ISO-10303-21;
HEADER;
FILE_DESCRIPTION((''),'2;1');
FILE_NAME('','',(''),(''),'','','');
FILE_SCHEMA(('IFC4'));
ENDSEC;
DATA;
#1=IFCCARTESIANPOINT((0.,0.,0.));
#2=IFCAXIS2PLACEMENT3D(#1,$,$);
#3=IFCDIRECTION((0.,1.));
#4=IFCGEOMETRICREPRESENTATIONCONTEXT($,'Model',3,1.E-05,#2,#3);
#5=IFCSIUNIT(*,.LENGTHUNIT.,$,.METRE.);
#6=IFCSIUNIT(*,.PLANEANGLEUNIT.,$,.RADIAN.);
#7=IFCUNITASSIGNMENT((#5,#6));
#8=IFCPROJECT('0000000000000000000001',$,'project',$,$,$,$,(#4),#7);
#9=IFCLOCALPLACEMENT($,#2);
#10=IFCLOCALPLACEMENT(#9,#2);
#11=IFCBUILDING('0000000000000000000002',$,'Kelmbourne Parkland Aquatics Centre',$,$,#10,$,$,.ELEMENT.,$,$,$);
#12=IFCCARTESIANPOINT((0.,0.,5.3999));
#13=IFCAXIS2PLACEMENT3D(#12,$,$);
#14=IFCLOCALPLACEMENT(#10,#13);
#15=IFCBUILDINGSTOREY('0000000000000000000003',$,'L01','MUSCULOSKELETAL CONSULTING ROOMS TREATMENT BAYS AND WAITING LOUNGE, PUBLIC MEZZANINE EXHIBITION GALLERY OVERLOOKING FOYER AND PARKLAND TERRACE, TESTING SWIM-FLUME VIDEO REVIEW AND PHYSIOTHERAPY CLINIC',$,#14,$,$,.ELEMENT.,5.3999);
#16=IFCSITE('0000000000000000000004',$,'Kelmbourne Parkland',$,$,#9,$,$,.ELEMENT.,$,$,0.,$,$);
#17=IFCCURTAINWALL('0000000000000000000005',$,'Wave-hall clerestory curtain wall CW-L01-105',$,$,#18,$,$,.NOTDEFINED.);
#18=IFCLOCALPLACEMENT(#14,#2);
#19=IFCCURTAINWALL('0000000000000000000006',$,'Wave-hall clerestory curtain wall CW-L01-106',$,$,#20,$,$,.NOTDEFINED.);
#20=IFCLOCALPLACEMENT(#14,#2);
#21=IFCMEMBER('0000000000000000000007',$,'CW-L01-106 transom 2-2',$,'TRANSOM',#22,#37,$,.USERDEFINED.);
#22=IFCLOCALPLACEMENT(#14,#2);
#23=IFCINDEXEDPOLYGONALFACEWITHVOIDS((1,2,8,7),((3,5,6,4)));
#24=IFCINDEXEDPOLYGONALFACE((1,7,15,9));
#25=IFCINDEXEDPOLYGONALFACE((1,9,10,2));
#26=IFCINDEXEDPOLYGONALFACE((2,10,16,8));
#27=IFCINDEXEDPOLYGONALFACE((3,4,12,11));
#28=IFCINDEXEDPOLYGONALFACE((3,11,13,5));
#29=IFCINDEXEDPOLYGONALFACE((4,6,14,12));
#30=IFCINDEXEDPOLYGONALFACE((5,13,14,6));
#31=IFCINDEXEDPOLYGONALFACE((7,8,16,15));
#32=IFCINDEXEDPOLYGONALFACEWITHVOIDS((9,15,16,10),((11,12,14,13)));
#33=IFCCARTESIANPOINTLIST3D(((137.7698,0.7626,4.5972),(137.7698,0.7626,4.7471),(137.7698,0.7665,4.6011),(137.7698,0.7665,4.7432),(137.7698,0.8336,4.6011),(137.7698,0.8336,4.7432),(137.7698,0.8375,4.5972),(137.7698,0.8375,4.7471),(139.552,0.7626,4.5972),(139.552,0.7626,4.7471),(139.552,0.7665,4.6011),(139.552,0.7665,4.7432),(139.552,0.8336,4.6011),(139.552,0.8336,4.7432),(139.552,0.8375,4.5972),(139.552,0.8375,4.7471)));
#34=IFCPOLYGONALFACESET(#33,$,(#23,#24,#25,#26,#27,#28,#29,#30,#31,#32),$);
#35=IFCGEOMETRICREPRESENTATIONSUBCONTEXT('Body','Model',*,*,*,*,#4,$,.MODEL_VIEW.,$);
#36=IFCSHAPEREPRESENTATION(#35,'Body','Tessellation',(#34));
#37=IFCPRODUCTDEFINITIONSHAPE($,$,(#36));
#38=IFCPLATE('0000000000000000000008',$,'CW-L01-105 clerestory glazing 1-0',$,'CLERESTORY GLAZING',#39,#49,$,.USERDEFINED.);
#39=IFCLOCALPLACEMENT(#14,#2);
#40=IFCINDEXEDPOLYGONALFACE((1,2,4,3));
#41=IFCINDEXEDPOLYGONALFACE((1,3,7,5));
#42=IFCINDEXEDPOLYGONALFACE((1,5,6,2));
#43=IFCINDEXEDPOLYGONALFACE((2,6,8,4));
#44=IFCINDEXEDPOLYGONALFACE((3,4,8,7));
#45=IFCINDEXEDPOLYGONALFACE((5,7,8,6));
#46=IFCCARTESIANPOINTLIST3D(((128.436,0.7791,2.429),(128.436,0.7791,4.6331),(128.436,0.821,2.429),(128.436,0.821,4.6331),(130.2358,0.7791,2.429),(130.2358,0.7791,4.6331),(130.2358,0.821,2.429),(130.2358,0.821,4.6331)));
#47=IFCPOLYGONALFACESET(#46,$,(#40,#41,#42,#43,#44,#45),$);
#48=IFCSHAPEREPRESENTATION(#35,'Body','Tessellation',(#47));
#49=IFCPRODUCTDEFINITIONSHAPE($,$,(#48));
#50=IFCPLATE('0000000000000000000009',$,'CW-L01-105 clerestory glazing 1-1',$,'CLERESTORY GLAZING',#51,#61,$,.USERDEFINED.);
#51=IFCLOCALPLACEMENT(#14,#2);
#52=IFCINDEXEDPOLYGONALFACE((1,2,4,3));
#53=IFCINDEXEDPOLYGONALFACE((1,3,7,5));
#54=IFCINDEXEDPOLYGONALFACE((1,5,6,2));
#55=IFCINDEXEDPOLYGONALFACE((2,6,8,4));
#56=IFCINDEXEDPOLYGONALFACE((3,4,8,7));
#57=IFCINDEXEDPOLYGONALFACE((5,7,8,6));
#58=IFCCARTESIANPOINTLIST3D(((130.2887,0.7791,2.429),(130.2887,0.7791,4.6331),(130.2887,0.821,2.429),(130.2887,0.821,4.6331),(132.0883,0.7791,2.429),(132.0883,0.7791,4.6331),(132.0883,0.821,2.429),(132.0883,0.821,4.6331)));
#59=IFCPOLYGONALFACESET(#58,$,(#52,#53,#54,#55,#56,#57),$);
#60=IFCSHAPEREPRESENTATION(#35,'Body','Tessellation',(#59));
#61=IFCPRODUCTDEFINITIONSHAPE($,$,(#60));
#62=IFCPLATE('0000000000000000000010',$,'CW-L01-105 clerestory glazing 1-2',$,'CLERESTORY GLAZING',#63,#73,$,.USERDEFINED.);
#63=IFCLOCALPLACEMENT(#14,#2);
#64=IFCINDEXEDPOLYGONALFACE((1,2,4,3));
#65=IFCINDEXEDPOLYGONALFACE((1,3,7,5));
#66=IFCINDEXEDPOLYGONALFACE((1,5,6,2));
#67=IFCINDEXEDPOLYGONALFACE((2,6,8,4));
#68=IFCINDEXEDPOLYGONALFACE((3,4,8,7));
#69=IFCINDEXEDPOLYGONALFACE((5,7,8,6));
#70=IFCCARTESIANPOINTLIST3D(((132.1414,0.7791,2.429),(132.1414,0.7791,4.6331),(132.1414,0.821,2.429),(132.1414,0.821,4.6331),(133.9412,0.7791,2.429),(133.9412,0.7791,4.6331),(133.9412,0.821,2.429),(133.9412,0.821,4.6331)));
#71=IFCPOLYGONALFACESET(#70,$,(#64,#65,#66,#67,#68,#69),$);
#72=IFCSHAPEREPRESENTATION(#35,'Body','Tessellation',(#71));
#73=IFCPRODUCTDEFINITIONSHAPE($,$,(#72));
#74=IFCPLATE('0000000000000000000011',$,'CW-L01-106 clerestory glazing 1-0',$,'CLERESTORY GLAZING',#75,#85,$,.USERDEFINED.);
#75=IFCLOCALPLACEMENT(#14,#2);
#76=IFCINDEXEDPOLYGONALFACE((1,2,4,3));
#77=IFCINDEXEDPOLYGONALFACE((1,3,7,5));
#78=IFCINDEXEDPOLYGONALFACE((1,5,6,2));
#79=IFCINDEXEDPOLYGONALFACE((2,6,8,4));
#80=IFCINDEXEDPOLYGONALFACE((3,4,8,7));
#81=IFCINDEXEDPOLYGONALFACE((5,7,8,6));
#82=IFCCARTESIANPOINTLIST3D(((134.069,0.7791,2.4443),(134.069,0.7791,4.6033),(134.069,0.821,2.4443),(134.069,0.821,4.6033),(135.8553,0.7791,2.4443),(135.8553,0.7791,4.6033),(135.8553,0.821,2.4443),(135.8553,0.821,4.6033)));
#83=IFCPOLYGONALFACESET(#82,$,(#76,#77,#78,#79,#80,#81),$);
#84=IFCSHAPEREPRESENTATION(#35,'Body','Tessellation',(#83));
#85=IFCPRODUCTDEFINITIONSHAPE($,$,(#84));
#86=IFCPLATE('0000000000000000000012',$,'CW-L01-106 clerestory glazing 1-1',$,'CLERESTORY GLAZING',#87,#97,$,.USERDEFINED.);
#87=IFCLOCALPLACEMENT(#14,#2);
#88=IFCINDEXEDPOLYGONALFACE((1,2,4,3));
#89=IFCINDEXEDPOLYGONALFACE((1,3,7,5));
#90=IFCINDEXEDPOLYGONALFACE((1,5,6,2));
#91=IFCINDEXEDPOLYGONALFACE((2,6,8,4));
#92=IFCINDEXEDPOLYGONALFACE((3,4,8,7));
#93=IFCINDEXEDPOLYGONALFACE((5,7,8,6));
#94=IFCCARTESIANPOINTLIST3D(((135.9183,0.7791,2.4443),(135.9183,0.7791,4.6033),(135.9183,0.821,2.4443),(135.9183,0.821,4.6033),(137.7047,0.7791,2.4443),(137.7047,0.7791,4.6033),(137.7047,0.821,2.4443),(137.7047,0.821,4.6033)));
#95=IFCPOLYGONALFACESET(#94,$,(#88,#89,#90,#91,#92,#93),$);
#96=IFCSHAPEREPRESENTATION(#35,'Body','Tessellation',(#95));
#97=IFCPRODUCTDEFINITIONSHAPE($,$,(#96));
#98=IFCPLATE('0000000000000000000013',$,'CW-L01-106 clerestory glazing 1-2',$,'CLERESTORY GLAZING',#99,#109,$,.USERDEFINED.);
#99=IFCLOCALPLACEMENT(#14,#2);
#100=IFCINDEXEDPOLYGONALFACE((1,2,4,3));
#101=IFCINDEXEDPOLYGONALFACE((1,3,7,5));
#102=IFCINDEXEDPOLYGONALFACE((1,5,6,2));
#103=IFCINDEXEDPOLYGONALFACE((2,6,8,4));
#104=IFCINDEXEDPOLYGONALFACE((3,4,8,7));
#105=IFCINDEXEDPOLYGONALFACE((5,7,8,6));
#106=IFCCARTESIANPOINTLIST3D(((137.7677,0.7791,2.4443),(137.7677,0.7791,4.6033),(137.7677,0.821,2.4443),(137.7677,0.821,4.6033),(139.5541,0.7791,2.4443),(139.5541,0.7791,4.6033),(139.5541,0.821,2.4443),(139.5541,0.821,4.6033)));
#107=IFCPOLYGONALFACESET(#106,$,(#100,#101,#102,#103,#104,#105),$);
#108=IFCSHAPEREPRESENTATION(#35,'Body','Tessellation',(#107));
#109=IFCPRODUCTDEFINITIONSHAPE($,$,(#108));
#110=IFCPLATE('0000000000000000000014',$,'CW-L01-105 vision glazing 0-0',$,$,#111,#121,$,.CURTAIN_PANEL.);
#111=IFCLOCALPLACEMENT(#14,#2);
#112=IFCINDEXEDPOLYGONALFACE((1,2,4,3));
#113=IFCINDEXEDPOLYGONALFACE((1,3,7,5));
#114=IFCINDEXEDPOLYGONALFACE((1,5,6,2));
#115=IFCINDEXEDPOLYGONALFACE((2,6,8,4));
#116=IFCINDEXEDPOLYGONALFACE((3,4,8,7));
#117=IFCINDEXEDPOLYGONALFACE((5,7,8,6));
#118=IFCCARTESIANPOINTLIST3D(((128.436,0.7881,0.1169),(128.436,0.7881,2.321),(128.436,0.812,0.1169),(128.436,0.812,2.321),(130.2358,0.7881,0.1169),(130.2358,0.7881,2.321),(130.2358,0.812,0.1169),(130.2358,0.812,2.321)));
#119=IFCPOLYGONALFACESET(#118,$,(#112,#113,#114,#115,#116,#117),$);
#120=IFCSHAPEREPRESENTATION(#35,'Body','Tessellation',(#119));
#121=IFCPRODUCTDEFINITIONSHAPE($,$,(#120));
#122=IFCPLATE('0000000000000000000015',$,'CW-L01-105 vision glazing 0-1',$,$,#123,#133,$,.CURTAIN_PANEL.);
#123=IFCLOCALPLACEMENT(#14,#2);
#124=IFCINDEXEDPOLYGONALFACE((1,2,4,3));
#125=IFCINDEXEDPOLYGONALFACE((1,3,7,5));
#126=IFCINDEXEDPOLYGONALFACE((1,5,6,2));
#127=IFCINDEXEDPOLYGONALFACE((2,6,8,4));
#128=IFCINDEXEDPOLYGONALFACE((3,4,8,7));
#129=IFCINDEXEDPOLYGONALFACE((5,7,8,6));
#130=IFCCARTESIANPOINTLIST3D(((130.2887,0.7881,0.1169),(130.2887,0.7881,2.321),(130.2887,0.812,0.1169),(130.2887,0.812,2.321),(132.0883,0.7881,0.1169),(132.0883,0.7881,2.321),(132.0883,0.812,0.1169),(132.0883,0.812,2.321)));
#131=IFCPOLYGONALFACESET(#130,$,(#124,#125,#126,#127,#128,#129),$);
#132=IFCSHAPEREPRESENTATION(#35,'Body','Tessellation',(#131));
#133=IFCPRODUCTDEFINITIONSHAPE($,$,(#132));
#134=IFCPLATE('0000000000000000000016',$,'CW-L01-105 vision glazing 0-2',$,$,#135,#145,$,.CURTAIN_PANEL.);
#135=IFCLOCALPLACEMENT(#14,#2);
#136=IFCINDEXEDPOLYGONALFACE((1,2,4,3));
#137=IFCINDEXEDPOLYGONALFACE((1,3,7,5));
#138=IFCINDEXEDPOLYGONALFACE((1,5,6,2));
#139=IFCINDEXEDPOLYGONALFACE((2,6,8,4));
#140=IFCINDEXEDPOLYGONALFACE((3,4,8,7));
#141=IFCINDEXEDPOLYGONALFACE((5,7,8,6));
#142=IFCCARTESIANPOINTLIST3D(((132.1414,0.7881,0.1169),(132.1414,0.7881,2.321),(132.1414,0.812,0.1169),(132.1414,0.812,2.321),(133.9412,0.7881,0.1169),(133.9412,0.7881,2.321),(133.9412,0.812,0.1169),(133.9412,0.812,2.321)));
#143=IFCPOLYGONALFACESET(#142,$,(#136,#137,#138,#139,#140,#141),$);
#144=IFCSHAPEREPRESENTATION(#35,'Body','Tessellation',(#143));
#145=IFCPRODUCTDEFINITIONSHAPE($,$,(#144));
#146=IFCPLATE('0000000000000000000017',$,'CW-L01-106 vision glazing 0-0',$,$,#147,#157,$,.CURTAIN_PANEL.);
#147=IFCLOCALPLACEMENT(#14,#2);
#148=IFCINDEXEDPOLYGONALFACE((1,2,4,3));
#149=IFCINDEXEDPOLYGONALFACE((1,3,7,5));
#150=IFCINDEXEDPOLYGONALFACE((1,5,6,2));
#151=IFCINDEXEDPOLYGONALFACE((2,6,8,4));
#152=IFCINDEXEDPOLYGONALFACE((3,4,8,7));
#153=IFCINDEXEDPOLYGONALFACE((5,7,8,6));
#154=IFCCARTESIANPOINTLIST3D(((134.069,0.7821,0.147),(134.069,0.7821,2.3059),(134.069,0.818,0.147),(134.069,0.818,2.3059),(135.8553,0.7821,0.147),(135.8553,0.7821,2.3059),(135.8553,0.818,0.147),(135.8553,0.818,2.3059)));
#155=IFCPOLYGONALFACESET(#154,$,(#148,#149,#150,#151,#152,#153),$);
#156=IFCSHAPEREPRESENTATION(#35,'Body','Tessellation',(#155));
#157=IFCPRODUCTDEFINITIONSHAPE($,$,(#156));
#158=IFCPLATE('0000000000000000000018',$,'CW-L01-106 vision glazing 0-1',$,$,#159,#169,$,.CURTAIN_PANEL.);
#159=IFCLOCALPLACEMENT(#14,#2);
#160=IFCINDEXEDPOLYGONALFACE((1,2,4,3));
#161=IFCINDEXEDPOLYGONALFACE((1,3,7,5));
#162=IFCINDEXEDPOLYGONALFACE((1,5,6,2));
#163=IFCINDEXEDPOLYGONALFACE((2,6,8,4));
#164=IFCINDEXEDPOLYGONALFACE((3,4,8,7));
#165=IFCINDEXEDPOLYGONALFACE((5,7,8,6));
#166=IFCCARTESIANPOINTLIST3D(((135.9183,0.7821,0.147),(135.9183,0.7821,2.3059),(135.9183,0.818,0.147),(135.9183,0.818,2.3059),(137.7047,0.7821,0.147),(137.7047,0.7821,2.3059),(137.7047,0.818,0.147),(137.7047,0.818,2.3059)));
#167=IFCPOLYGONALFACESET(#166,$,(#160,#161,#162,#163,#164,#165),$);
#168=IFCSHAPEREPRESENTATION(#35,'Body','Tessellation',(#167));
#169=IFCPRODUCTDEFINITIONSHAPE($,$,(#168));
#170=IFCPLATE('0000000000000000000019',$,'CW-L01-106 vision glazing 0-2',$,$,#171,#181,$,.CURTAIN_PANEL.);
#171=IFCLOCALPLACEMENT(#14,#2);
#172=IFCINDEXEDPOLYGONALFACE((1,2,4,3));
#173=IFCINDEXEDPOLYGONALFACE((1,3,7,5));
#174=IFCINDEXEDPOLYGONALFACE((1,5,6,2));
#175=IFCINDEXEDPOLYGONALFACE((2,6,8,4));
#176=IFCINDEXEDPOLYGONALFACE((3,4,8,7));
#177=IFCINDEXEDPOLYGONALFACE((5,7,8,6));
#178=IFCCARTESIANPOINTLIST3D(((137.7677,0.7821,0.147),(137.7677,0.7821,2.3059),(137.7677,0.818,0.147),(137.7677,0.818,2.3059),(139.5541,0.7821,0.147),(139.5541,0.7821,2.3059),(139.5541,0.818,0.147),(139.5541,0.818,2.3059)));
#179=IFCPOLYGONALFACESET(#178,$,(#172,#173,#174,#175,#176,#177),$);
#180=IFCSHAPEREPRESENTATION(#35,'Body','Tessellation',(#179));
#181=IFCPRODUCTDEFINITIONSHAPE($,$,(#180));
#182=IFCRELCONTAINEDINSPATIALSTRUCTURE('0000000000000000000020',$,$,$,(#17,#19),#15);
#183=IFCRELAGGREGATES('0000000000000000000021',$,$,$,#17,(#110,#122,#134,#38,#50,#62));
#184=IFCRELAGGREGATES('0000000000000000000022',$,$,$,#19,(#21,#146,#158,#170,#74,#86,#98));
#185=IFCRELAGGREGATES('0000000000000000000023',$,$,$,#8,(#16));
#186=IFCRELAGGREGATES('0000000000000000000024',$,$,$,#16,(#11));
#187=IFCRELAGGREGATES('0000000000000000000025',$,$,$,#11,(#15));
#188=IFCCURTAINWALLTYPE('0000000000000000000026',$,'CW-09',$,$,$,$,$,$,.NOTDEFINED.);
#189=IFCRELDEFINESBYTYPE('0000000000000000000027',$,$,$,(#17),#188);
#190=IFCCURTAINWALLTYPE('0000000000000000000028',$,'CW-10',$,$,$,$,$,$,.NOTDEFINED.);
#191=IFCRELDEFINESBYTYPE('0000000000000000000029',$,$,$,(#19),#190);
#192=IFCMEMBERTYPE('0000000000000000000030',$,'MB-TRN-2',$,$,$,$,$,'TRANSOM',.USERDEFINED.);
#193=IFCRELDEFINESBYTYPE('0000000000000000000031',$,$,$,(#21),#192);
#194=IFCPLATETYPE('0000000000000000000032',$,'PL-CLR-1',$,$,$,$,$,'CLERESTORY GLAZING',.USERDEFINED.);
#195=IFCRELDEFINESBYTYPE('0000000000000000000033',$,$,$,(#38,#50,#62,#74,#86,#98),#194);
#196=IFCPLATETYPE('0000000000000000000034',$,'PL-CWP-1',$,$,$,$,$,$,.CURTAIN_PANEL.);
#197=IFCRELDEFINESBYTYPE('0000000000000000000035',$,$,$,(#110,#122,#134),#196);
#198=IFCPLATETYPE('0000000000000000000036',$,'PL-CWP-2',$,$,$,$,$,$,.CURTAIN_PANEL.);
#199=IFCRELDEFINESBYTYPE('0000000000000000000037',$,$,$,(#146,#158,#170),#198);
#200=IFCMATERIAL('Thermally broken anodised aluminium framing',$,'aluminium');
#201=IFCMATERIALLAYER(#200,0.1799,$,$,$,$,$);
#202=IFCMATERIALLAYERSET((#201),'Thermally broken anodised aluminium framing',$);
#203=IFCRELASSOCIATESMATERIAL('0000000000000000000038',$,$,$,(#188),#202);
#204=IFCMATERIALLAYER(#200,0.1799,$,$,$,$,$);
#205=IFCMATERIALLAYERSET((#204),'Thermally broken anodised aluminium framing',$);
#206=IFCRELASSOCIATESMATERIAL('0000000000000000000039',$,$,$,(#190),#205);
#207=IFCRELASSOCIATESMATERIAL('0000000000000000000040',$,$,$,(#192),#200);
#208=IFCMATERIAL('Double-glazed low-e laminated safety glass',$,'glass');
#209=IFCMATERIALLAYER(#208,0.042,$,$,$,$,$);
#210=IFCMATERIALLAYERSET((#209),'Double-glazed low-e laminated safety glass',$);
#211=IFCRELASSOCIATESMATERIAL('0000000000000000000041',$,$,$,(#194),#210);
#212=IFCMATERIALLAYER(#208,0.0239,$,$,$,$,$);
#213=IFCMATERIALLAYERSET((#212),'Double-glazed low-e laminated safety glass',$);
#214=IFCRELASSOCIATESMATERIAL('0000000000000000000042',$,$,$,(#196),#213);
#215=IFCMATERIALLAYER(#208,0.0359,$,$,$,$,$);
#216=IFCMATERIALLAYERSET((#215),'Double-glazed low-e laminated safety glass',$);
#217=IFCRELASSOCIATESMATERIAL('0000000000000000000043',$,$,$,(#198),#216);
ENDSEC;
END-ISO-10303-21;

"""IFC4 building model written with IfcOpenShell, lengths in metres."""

from ifc_helpers import new_model, si_unit, direction, frame, origin, origin_2d, place, context, subcontext, project, spatial, rectangle, hollow_rectangle, extrude, material, layer, layer_set, material_profile, profile_set, type_object, element, aggregate, save


model = new_model("IFC4")

# Units and contexts
model_context = context("Model", 3, precision=1e-05, world=origin(), true_north=direction((0.0, 1.0)))
body_context = subcontext(model_context, "Body", "Model", "MODEL_VIEW")
ifc_project = project(units=[si_unit("LENGTHUNIT", "METRE"), si_unit("PLANEANGLEUNIT", "RADIAN")], contexts=[model_context])

# Site, building, storey
site_placement = place(None, origin())
site = spatial("IfcSite", under=ifc_project, at=site_placement, Name="Kelmbourne Parkland", CompositionType="ELEMENT", RefElevation=0.0)
building_placement = place(site_placement, origin())
building = spatial("IfcBuilding", under=site, at=building_placement, Name="Kelmbourne Parkland Aquatics Centre", CompositionType="ELEMENT")
storey_placement = place(building_placement, frame((0.0, 0.0, 5.3999)))
storey = spatial("IfcBuildingStorey", under=building, at=storey_placement, Name="L01", Description="MUSCULOSKELETAL CONSULTING ROOMS TREATMENT BAYS AND WAITING LOUNGE, PUBLIC MEZZANINE EXHIBITION GALLERY OVERLOOKING FOYER AND PARKLAND TERRACE, TESTING SWIM-FLUME VIDEO REVIEW AND PHYSIOTHERAPY CLINIC", CompositionType="ELEMENT", Elevation=5.3999)

# Curtain walls
ifc_material_1 = material(Name="Thermally broken anodised aluminium framing", Category="aluminium")
ifc_layer_1 = layer(ifc_material_1, 0.1799)
ifc_layer_set_1 = layer_set([ifc_layer_1], Name="Thermally broken anodised aluminium framing")
curtain_wall_type_1 = type_object("IfcCurtainWallType", Name="CW-09", PredefinedType="NOTDEFINED", material=ifc_layer_set_1)
curtain_wall_1_placement = place(storey_placement, origin())
curtain_wall_1 = element("IfcCurtainWall", 1, at=curtain_wall_1_placement, inside=storey, type_object=curtain_wall_type_1, Name="Wave-hall clerestory curtain wall CW-L01-105", PredefinedType="NOTDEFINED")
ifc_layer_2 = layer(ifc_material_1, 0.1799)
ifc_layer_set_2 = layer_set([ifc_layer_2], Name="Thermally broken anodised aluminium framing")
curtain_wall_type_2 = type_object("IfcCurtainWallType", Name="CW-10", PredefinedType="NOTDEFINED", material=ifc_layer_set_2)
curtain_wall_2_placement = place(storey_placement, origin())
curtain_wall_2 = element("IfcCurtainWall", 2, at=curtain_wall_2_placement, inside=storey, type_object=curtain_wall_type_2, Name="Wave-hall clerestory curtain wall CW-L01-106", PredefinedType="NOTDEFINED")

# Member
ifc_material_profile_1 = material_profile(ifc_material_1, hollow_rectangle(XDim=0.075, YDim=0.1499, WallThickness=0.0039, at=origin_2d()), Name="CW-T 75x150")
ifc_profile_set_1 = profile_set([ifc_material_profile_1], Name="Thermally broken anodised aluminium framing")
member_type_1 = type_object("IfcMemberType", Name="MB-TRN-2", ElementType="TRANSOM", PredefinedType="USERDEFINED", material=ifc_profile_set_1)
member_1_placement = place(storey_placement, frame((137.7698, 0.8, 4.6721), z_axis=(1.0, 0.0, 0.0), x_axis=(0.0, 1.0, 0.0)))
member_1 = element("IfcMember", 3, at=member_1_placement, type_object=member_type_1, Name="CW-L01-106 transom 2-2", ObjectType="TRANSOM", PredefinedType="USERDEFINED", context=body_context, shape_type="SweptSolid", body=[
    extrude(hollow_rectangle(XDim=0.075, YDim=0.1499, WallThickness=0.0039, at=origin_2d()), origin(), (0.0, 0.0, 1.0), 1.7822),
])

# Plates
ifc_material_2 = material(Name="Double-glazed low-e laminated safety glass", Category="glass")
ifc_layer_3 = layer(ifc_material_2, 0.042)
ifc_layer_set_3 = layer_set([ifc_layer_3], Name="Double-glazed low-e laminated safety glass")
plate_type_1 = type_object("IfcPlateType", Name="PL-CLR-1", ElementType="CLERESTORY GLAZING", PredefinedType="USERDEFINED", material=ifc_layer_set_3)
plate_1_placement = place(storey_placement, frame((129.3359, 0.8, 2.429), z_axis=(0.0, 0.0, 1.0), x_axis=(1.0, 0.0, 0.0)))
plate_1 = element("IfcPlate", 4, at=plate_1_placement, type_object=plate_type_1, Name="CW-L01-105 clerestory glazing 1-0", ObjectType="CLERESTORY GLAZING", PredefinedType="USERDEFINED", context=body_context, shape_type="SweptSolid", body=[
    extrude(rectangle(XDim=1.7998, YDim=0.042, at=origin_2d()), origin(), (0.0, 0.0, 1.0), 2.2041),
])
plate_2_placement = place(storey_placement, frame((131.1885, 0.8, 2.429), z_axis=(0.0, 0.0, 1.0), x_axis=(1.0, 0.0, 0.0)))
plate_2 = element("IfcPlate", 5, at=plate_2_placement, type_object=plate_type_1, Name="CW-L01-105 clerestory glazing 1-1", ObjectType="CLERESTORY GLAZING", PredefinedType="USERDEFINED", context=body_context, shape_type="SweptSolid", body=[
    extrude(rectangle(XDim=1.7996, YDim=0.042, at=origin_2d()), origin(), (0.0, 0.0, 1.0), 2.2041),
])
plate_3_placement = place(storey_placement, frame((133.0413, 0.8, 2.429), z_axis=(0.0, 0.0, 1.0), x_axis=(1.0, 0.0, 0.0)))
plate_3 = element("IfcPlate", 6, at=plate_3_placement, type_object=plate_type_1, Name="CW-L01-105 clerestory glazing 1-2", ObjectType="CLERESTORY GLAZING", PredefinedType="USERDEFINED", context=body_context, shape_type="SweptSolid", body=[
    extrude(rectangle(XDim=1.7998, YDim=0.042, at=origin_2d()), origin(), (0.0, 0.0, 1.0), 2.2041),
])
plate_4_placement = place(storey_placement, frame((134.9622, 0.8, 2.4443), z_axis=(0.0, 0.0, 1.0), x_axis=(1.0, 0.0, 0.0)))
plate_4 = element("IfcPlate", 7, at=plate_4_placement, type_object=plate_type_1, Name="CW-L01-106 clerestory glazing 1-0", ObjectType="CLERESTORY GLAZING", PredefinedType="USERDEFINED", context=body_context, shape_type="SweptSolid", body=[
    extrude(rectangle(XDim=1.7864, YDim=0.042, at=origin_2d()), origin(), (0.0, 0.0, 1.0), 2.1589),
])
plate_5_placement = place(storey_placement, frame((136.8115, 0.8, 2.4443), z_axis=(0.0, 0.0, 1.0), x_axis=(1.0, 0.0, 0.0)))
plate_5 = element("IfcPlate", 8, at=plate_5_placement, type_object=plate_type_1, Name="CW-L01-106 clerestory glazing 1-1", ObjectType="CLERESTORY GLAZING", PredefinedType="USERDEFINED", context=body_context, shape_type="SweptSolid", body=[
    extrude(rectangle(XDim=1.7864, YDim=0.042, at=origin_2d()), origin(), (0.0, 0.0, 1.0), 2.1589),
])
plate_6_placement = place(storey_placement, frame((138.6609, 0.8, 2.4443), z_axis=(0.0, 0.0, 1.0), x_axis=(1.0, 0.0, 0.0)))
plate_6 = element("IfcPlate", 9, at=plate_6_placement, type_object=plate_type_1, Name="CW-L01-106 clerestory glazing 1-2", ObjectType="CLERESTORY GLAZING", PredefinedType="USERDEFINED", context=body_context, shape_type="SweptSolid", body=[
    extrude(rectangle(XDim=1.7864, YDim=0.042, at=origin_2d()), origin(), (0.0, 0.0, 1.0), 2.1589),
])
ifc_layer_4 = layer(ifc_material_2, 0.0239)
ifc_layer_set_4 = layer_set([ifc_layer_4], Name="Double-glazed low-e laminated safety glass")
plate_type_2 = type_object("IfcPlateType", Name="PL-CWP-1", PredefinedType="CURTAIN_PANEL", material=ifc_layer_set_4)
plate_7_placement = place(storey_placement, frame((129.3359, 0.8, 0.1169), z_axis=(0.0, 0.0, 1.0), x_axis=(1.0, 0.0, 0.0)))
plate_7 = element("IfcPlate", 10, at=plate_7_placement, type_object=plate_type_2, Name="CW-L01-105 vision glazing 0-0", PredefinedType="CURTAIN_PANEL", context=body_context, shape_type="SweptSolid", body=[
    extrude(rectangle(XDim=1.7998, YDim=0.0239, at=origin_2d()), origin(), (0.0, 0.0, 1.0), 2.2041),
])
plate_8_placement = place(storey_placement, frame((131.1885, 0.8, 0.1169), z_axis=(0.0, 0.0, 1.0), x_axis=(1.0, 0.0, 0.0)))
plate_8 = element("IfcPlate", 11, at=plate_8_placement, type_object=plate_type_2, Name="CW-L01-105 vision glazing 0-1", PredefinedType="CURTAIN_PANEL", context=body_context, shape_type="SweptSolid", body=[
    extrude(rectangle(XDim=1.7996, YDim=0.0239, at=origin_2d()), origin(), (0.0, 0.0, 1.0), 2.2041),
])
plate_9_placement = place(storey_placement, frame((133.0413, 0.8, 0.1169), z_axis=(0.0, 0.0, 1.0), x_axis=(1.0, 0.0, 0.0)))
plate_9 = element("IfcPlate", 12, at=plate_9_placement, type_object=plate_type_2, Name="CW-L01-105 vision glazing 0-2", PredefinedType="CURTAIN_PANEL", context=body_context, shape_type="SweptSolid", body=[
    extrude(rectangle(XDim=1.7998, YDim=0.0239, at=origin_2d()), origin(), (0.0, 0.0, 1.0), 2.2041),
])
aggregate(curtain_wall_1, [plate_7, plate_8, plate_9, plate_1, plate_2, plate_3])
ifc_layer_5 = layer(ifc_material_2, 0.0359)
ifc_layer_set_5 = layer_set([ifc_layer_5], Name="Double-glazed low-e laminated safety glass")
plate_type_3 = type_object("IfcPlateType", Name="PL-CWP-2", PredefinedType="CURTAIN_PANEL", material=ifc_layer_set_5)
plate_10_placement = place(storey_placement, frame((134.9622, 0.8, 0.147), z_axis=(0.0, 0.0, 1.0), x_axis=(1.0, 0.0, 0.0)))
plate_10 = element("IfcPlate", 13, at=plate_10_placement, type_object=plate_type_3, Name="CW-L01-106 vision glazing 0-0", PredefinedType="CURTAIN_PANEL", context=body_context, shape_type="SweptSolid", body=[
    extrude(rectangle(XDim=1.7864, YDim=0.0359, at=origin_2d()), origin(), (0.0, 0.0, 1.0), 2.1589),
])
plate_11_placement = place(storey_placement, frame((136.8115, 0.8, 0.147), z_axis=(0.0, 0.0, 1.0), x_axis=(1.0, 0.0, 0.0)))
plate_11 = element("IfcPlate", 14, at=plate_11_placement, type_object=plate_type_3, Name="CW-L01-106 vision glazing 0-1", PredefinedType="CURTAIN_PANEL", context=body_context, shape_type="SweptSolid", body=[
    extrude(rectangle(XDim=1.7864, YDim=0.0359, at=origin_2d()), origin(), (0.0, 0.0, 1.0), 2.1589),
])
plate_12_placement = place(storey_placement, frame((138.6609, 0.8, 0.147), z_axis=(0.0, 0.0, 1.0), x_axis=(1.0, 0.0, 0.0)))
plate_12 = element("IfcPlate", 15, at=plate_12_placement, type_object=plate_type_3, Name="CW-L01-106 vision glazing 0-2", PredefinedType="CURTAIN_PANEL", context=body_context, shape_type="SweptSolid", body=[
    extrude(rectangle(XDim=1.7864, YDim=0.0359, at=origin_2d()), origin(), (0.0, 0.0, 1.0), 2.1589),
])
aggregate(curtain_wall_2, [member_1, plate_10, plate_11, plate_12, plate_4, plate_5, plate_6])

save(model, "model.ifc")
